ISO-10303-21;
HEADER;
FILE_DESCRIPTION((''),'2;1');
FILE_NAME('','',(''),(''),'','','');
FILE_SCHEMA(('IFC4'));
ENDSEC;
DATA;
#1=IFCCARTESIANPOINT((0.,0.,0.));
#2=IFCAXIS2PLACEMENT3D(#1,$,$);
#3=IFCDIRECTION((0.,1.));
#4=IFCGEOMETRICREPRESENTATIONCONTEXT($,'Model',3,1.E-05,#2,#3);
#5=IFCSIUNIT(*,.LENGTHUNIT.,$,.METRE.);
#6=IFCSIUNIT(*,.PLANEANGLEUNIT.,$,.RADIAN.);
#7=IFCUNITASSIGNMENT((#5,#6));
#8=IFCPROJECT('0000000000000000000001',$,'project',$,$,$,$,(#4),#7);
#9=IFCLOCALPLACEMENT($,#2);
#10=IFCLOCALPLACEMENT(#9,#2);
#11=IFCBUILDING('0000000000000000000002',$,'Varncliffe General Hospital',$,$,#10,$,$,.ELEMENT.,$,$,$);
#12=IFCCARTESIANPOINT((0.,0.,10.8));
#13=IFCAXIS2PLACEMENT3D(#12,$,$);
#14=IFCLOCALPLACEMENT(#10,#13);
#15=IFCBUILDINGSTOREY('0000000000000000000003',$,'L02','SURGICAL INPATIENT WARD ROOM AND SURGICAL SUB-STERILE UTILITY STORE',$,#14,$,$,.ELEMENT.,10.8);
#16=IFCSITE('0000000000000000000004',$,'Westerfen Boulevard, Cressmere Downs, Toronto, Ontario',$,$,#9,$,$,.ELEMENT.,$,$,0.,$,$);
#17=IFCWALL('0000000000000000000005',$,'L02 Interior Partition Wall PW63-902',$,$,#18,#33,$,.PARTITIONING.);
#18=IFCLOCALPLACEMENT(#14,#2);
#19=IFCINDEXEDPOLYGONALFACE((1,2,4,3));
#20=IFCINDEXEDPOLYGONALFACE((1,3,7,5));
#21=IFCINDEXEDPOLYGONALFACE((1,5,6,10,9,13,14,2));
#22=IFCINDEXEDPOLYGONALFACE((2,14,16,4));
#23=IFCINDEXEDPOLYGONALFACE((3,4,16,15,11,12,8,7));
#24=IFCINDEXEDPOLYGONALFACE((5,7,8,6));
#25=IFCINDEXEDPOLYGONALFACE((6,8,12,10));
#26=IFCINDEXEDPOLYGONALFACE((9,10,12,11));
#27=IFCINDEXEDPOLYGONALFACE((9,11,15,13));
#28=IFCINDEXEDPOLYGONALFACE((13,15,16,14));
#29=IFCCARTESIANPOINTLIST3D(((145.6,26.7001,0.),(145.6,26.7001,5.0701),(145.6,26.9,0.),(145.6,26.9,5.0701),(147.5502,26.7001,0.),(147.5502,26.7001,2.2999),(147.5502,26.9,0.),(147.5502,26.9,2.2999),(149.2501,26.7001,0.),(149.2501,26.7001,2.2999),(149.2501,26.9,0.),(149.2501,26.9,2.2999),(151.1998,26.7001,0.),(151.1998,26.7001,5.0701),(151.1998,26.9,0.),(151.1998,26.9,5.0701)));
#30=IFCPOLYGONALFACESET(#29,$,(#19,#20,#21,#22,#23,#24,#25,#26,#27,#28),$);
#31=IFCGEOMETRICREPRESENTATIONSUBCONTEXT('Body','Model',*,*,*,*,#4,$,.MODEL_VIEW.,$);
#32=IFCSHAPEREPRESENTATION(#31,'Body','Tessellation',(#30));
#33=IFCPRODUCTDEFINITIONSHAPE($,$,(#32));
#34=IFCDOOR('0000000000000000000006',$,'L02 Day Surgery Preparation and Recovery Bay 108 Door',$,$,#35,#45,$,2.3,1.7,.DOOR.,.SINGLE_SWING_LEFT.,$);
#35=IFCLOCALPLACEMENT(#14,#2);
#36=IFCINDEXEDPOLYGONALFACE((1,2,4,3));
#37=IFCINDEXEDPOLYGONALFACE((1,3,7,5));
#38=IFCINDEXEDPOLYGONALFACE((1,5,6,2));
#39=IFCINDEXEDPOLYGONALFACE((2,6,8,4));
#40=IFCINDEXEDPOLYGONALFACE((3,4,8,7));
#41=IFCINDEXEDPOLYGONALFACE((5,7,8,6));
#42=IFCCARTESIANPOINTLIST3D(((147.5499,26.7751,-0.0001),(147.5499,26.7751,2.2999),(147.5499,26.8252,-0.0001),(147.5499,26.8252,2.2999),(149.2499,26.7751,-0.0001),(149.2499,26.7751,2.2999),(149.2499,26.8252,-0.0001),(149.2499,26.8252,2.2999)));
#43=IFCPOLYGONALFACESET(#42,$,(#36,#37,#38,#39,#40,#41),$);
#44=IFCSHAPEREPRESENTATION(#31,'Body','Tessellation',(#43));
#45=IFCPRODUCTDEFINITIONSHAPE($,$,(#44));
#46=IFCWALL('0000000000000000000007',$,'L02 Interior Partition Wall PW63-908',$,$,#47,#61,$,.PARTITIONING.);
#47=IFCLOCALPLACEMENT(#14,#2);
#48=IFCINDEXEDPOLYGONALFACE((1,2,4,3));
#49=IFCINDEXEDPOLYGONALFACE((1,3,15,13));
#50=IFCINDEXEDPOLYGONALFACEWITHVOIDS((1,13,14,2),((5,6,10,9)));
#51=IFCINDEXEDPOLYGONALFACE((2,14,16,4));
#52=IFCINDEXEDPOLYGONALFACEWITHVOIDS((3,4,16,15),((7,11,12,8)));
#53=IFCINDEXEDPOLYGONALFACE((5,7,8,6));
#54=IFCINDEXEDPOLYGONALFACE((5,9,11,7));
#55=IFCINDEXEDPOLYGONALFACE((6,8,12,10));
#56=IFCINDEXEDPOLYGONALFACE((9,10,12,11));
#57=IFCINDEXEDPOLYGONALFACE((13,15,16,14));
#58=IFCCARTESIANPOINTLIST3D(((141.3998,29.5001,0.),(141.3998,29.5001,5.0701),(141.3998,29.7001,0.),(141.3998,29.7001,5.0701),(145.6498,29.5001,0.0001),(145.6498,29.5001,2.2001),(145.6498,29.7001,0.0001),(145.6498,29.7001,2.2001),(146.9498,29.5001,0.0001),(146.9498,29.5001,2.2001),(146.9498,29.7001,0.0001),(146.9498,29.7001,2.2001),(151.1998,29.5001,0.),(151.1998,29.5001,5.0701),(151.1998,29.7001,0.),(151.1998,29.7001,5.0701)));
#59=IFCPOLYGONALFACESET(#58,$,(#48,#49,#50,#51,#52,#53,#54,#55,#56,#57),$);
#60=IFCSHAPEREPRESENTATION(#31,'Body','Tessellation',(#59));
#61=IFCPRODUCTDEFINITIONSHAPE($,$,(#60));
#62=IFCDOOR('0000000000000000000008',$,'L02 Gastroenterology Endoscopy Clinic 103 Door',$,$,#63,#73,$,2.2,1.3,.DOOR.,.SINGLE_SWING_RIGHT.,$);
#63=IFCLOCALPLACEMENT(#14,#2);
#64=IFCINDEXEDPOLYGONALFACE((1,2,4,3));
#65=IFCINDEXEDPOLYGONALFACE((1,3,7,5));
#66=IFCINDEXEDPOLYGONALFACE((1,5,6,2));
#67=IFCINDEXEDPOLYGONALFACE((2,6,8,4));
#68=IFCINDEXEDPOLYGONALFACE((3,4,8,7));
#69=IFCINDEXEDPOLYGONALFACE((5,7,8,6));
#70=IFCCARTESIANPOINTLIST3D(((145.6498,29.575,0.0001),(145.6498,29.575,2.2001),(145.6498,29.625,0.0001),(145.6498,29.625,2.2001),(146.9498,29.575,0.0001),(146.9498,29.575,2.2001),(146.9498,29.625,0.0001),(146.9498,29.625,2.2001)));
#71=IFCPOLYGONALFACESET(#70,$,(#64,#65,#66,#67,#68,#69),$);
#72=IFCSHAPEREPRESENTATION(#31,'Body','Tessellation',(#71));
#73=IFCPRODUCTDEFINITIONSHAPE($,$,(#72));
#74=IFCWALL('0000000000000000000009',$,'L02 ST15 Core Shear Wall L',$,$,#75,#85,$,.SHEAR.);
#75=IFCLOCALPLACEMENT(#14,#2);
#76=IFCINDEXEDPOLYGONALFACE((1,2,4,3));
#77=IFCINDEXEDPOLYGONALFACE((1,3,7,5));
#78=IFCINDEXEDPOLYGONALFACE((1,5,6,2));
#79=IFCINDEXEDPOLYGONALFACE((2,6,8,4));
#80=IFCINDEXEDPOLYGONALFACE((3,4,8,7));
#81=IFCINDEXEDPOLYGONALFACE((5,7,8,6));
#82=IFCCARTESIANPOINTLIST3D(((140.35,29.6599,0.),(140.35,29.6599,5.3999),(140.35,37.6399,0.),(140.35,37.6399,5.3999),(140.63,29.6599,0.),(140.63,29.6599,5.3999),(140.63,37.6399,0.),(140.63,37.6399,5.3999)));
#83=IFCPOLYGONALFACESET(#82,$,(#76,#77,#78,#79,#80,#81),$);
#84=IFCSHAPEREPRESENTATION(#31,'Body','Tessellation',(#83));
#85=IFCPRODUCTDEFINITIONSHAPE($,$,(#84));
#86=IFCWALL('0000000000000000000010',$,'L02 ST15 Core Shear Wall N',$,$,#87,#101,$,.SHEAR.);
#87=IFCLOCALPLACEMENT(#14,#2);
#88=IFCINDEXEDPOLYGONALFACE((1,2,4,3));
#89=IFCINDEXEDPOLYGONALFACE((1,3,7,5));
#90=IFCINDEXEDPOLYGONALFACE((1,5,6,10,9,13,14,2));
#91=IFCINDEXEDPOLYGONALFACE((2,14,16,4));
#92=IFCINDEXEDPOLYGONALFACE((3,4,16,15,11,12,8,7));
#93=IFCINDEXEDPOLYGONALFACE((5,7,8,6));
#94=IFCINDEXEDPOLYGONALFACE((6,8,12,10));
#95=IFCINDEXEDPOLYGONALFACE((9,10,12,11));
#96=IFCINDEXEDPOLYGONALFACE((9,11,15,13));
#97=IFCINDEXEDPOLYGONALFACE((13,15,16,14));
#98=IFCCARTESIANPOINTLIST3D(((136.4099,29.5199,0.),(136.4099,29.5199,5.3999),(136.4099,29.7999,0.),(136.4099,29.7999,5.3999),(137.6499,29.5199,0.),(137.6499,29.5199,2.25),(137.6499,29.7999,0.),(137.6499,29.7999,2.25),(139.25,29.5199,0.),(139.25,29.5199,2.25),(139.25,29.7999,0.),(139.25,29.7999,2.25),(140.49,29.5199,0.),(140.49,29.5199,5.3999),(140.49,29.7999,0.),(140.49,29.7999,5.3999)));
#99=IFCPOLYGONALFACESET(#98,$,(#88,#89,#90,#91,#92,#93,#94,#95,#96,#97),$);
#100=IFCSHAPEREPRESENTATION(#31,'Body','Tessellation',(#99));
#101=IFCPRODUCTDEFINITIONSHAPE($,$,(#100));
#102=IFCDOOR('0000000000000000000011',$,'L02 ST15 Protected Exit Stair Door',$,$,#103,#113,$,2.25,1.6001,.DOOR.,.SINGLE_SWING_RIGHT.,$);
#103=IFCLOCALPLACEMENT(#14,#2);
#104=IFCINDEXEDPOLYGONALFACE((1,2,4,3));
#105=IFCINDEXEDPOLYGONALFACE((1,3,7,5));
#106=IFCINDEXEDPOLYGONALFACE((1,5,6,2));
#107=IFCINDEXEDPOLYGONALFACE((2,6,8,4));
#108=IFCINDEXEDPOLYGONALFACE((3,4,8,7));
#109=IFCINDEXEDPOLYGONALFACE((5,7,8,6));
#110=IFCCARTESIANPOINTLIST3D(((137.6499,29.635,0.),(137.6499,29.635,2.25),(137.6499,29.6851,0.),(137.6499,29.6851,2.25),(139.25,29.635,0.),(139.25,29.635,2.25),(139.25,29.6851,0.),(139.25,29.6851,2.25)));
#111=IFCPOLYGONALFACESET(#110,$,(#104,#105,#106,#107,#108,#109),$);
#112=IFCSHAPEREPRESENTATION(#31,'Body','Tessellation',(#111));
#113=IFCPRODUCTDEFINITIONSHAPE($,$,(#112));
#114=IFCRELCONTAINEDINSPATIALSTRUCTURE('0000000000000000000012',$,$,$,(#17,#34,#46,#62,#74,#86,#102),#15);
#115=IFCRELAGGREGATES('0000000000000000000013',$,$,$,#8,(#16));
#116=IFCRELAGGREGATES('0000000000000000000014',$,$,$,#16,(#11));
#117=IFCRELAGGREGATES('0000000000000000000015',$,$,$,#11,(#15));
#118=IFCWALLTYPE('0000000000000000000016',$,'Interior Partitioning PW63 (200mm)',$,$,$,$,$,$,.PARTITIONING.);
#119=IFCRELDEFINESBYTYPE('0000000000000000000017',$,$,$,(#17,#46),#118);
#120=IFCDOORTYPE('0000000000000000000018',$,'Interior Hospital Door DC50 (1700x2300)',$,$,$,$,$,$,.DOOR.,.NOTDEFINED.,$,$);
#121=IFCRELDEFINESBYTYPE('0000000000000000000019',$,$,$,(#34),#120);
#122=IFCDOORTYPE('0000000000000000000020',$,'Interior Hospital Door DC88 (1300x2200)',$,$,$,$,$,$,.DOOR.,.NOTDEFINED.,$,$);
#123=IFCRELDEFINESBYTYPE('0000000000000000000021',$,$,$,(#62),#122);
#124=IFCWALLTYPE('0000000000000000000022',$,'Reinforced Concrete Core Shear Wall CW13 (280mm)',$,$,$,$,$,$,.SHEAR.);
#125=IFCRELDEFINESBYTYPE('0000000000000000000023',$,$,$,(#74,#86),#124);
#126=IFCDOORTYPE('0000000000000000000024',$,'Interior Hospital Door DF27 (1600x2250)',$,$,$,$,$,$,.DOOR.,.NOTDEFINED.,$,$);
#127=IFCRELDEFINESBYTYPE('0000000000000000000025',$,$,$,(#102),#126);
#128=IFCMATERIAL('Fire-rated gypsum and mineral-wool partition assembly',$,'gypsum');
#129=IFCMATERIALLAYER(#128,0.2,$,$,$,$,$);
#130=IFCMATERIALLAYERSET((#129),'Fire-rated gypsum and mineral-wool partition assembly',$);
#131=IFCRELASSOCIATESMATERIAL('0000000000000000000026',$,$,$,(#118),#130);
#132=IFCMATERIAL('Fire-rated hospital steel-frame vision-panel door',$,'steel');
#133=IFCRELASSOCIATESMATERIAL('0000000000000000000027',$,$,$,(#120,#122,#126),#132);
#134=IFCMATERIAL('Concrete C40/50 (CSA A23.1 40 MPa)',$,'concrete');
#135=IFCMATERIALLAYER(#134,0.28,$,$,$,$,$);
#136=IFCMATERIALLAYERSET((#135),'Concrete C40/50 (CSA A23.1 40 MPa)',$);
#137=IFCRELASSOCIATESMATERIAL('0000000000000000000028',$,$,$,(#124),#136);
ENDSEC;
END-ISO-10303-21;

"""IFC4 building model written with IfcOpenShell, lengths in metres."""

from ifc_helpers import new_model, si_unit, direction, frame, frame_2d, origin, place, context, subcontext, project, spatial, rectangle, extrude, material, layer, layer_set, type_object, element, fill, save


model = new_model("IFC4")

# Units and contexts
model_context = context("Model", 3, precision=1e-05, world=origin(), true_north=direction((0.0, 1.0)))
body_context = subcontext(model_context, "Body", "Model", "MODEL_VIEW")
ifc_project = project(units=[si_unit("LENGTHUNIT", "METRE"), si_unit("PLANEANGLEUNIT", "RADIAN")], contexts=[model_context])

# Site, building, storey
site_placement = place(None, origin())
site = spatial("IfcSite", under=ifc_project, at=site_placement, Name="Westerfen Boulevard, Cressmere Downs, Toronto, Ontario", CompositionType="ELEMENT", RefElevation=0.0)
building_placement = place(site_placement, origin())
building = spatial("IfcBuilding", under=site, at=building_placement, Name="Varncliffe General Hospital", CompositionType="ELEMENT")
storey_placement = place(building_placement, frame((0.0, 0.0, 10.8)))
storey = spatial("IfcBuildingStorey", under=building, at=storey_placement, Name="L02", Description="SURGICAL INPATIENT WARD ROOM AND SURGICAL SUB-STERILE UTILITY STORE", CompositionType="ELEMENT", Elevation=10.8)

# Shared definitions
ifc_material_1 = material(Name="Concrete C40/50 (CSA A23.1 40 MPa)", Category="concrete")

# Walls, openings, doors
ifc_material_2 = material(Name="Fire-rated gypsum and mineral-wool partition assembly", Category="gypsum")
ifc_layer_1 = layer(ifc_material_2, 0.2)
ifc_layer_set_1 = layer_set([ifc_layer_1], Name="Fire-rated gypsum and mineral-wool partition assembly")
wall_type_1 = type_object("IfcWallType", Name="Interior Partitioning PW63 (200mm)", PredefinedType="PARTITIONING", material=ifc_layer_set_1)
ifc_material_3 = material(Name="Fire-rated hospital steel-frame vision-panel door", Category="steel")
wall_1_placement = place(storey_placement, frame((145.6001, 26.8, 0.0), z_axis=(0.0, 0.0, 1.0), x_axis=(1.0, 0.0, 0.0)))
wall_1 = element("IfcWall", 1, at=wall_1_placement, inside=storey, type_object=wall_type_1, Name="L02 Interior Partition Wall PW63-902", PredefinedType="PARTITIONING", context=body_context, shape_type="SweptSolid", body=[
    extrude(rectangle(XDim=5.5999, YDim=0.2, at=frame_2d((2.7998, 0.0))), origin(), (0.0, 0.0, 1.0), 5.0701),
])
opening_1_placement = place(wall_1_placement, frame((1.95, 0.0, 0.0)))
opening_1 = element("IfcOpeningElement", 2, at=opening_1_placement, cuts=wall_1, PredefinedType="OPENING", context=body_context, shape_type="SweptSolid", body=[
    extrude(rectangle(XDim=1.7, YDim=2.3, at=frame_2d((0.8501, 1.1499))), frame((0.0, 0.1099, 0.0), z_axis=(0.0, -1.0, 0.0), x_axis=(1.0, 0.0, 0.0)), (0.0, 0.0, 1.0), 0.22),
])
door_type_1 = type_object("IfcDoorType", Name="Interior Hospital Door DC50 (1700x2300)", OperationType="NOTDEFINED", PredefinedType="DOOR", material=ifc_material_3)
door_1_placement = place(opening_1_placement, frame((1.7, 0.0, 0.0), z_axis=(0.0, 0.0, 1.0), x_axis=(-1.0, 0.0, 0.0)))
door_1 = element("IfcDoor", 3, at=door_1_placement, inside=storey, type_object=door_type_1, Name="L02 Day Surgery Preparation and Recovery Bay 108 Door", OperationType="SINGLE_SWING_LEFT", OverallHeight=2.3, OverallWidth=1.7, PredefinedType="DOOR", context=body_context, shape_type="SweptSolid", body=[
    extrude(rectangle(XDim=1.7, YDim=2.3, at=frame_2d((0.8501, 1.1499))), frame((0.0, 0.0249, 0.0), z_axis=(0.0, -1.0, 0.0), x_axis=(1.0, 0.0, 0.0)), (0.0, 0.0, 1.0), 0.05),
])
fill(opening_1, door_1)
wall_2_placement = place(storey_placement, frame((141.3999, 29.6001, 0.0), z_axis=(0.0, 0.0, 1.0), x_axis=(1.0, 0.0, 0.0)))
wall_2 = element("IfcWall", 4, at=wall_2_placement, inside=storey, type_object=wall_type_1, Name="L02 Interior Partition Wall PW63-908", PredefinedType="PARTITIONING", context=body_context, shape_type="SweptSolid", body=[
    extrude(rectangle(XDim=9.8, YDim=0.2, at=frame_2d((4.8999, 0.0))), origin(), (0.0, 0.0, 1.0), 5.0701),
])
opening_2_placement = place(wall_2_placement, frame((4.25, 0.0, 0.0)))
opening_2 = element("IfcOpeningElement", 5, at=opening_2_placement, cuts=wall_2, PredefinedType="OPENING", context=body_context, shape_type="SweptSolid", body=[
    extrude(rectangle(XDim=1.3, YDim=2.2, at=frame_2d((0.6499, 1.1001))), frame((0.0, 0.1099, 0.0), z_axis=(0.0, -1.0, 0.0), x_axis=(1.0, 0.0, 0.0)), (0.0, 0.0, 1.0), 0.22),
])
door_type_2 = type_object("IfcDoorType", Name="Interior Hospital Door DC88 (1300x2200)", OperationType="NOTDEFINED", PredefinedType="DOOR", material=ifc_material_3)
door_2_placement = place(opening_2_placement, origin())
door_2 = element("IfcDoor", 6, at=door_2_placement, inside=storey, type_object=door_type_2, Name="L02 Gastroenterology Endoscopy Clinic 103 Door", OperationType="SINGLE_SWING_RIGHT", OverallHeight=2.2, OverallWidth=1.3, PredefinedType="DOOR", context=body_context, shape_type="SweptSolid", body=[
    extrude(rectangle(XDim=1.3, YDim=2.2, at=frame_2d((0.6499, 1.1001))), frame((0.0, 0.0249, 0.0), z_axis=(0.0, -1.0, 0.0), x_axis=(1.0, 0.0, 0.0)), (0.0, 0.0, 1.0), 0.05),
])
fill(opening_2, door_2)

# Wall
ifc_layer_2 = layer(ifc_material_1, 0.28)
ifc_layer_set_2 = layer_set([ifc_layer_2], Name="Concrete C40/50 (CSA A23.1 40 MPa)")
wall_type_2 = type_object("IfcWallType", Name="Reinforced Concrete Core Shear Wall CW13 (280mm)", PredefinedType="SHEAR", material=ifc_layer_set_2)
wall_3_placement = place(storey_placement, frame((140.49, 29.6599, 0.0), z_axis=(0.0, 0.0, 1.0), x_axis=(0.0, 1.0, 0.0)))
element("IfcWall", 7, at=wall_3_placement, inside=storey, type_object=wall_type_2, Name="L02 ST15 Core Shear Wall L", PredefinedType="SHEAR", context=body_context, shape_type="SweptSolid", body=[
    extrude(rectangle(XDim=7.98, YDim=0.28, at=frame_2d((3.99, 0.0))), origin(), (0.0, 0.0, 1.0), 5.3999),
])

# Wall, opening, door
wall_4_placement = place(storey_placement, frame((136.4099, 29.6599, 0.0), z_axis=(0.0, 0.0, 1.0), x_axis=(1.0, 0.0, 0.0)))
wall_4 = element("IfcWall", 8, at=wall_4_placement, inside=storey, type_object=wall_type_2, Name="L02 ST15 Core Shear Wall N", PredefinedType="SHEAR", context=body_context, shape_type="SweptSolid", body=[
    extrude(rectangle(XDim=4.0801, YDim=0.28, at=frame_2d((2.04, 0.0))), origin(), (0.0, 0.0, 1.0), 5.3999),
])
opening_3_placement = place(wall_4_placement, frame((1.24, 0.0, 0.0)))
opening_3 = element("IfcOpeningElement", 9, at=opening_3_placement, cuts=wall_4, PredefinedType="OPENING", context=body_context, shape_type="SweptSolid", body=[
    extrude(rectangle(XDim=1.6001, YDim=2.25, at=frame_2d((0.8, 1.125))), frame((0.0, 0.1499, 0.0), z_axis=(0.0, -1.0, 0.0), x_axis=(1.0, 0.0, 0.0)), (0.0, 0.0, 1.0), 0.3),
])
door_type_3 = type_object("IfcDoorType", Name="Interior Hospital Door DF27 (1600x2250)", OperationType="NOTDEFINED", PredefinedType="DOOR", material=ifc_material_3)
door_3_placement = place(opening_3_placement, frame((1.6001, 0.0, 0.0), z_axis=(0.0, 0.0, 1.0), x_axis=(-1.0, 0.0, 0.0)))
door_3 = element("IfcDoor", 10, at=door_3_placement, inside=storey, type_object=door_type_3, Name="L02 ST15 Protected Exit Stair Door", OperationType="SINGLE_SWING_RIGHT", OverallHeight=2.25, OverallWidth=1.6001, PredefinedType="DOOR", context=body_context, shape_type="SweptSolid", body=[
    extrude(rectangle(XDim=1.6001, YDim=2.25, at=frame_2d((0.8, 1.125))), frame((0.0, 0.0249, 0.0), z_axis=(0.0, -1.0, 0.0), x_axis=(1.0, 0.0, 0.0)), (0.0, 0.0, 1.0), 0.05),
])
fill(opening_3, door_3)

save(model, "model.ifc")
